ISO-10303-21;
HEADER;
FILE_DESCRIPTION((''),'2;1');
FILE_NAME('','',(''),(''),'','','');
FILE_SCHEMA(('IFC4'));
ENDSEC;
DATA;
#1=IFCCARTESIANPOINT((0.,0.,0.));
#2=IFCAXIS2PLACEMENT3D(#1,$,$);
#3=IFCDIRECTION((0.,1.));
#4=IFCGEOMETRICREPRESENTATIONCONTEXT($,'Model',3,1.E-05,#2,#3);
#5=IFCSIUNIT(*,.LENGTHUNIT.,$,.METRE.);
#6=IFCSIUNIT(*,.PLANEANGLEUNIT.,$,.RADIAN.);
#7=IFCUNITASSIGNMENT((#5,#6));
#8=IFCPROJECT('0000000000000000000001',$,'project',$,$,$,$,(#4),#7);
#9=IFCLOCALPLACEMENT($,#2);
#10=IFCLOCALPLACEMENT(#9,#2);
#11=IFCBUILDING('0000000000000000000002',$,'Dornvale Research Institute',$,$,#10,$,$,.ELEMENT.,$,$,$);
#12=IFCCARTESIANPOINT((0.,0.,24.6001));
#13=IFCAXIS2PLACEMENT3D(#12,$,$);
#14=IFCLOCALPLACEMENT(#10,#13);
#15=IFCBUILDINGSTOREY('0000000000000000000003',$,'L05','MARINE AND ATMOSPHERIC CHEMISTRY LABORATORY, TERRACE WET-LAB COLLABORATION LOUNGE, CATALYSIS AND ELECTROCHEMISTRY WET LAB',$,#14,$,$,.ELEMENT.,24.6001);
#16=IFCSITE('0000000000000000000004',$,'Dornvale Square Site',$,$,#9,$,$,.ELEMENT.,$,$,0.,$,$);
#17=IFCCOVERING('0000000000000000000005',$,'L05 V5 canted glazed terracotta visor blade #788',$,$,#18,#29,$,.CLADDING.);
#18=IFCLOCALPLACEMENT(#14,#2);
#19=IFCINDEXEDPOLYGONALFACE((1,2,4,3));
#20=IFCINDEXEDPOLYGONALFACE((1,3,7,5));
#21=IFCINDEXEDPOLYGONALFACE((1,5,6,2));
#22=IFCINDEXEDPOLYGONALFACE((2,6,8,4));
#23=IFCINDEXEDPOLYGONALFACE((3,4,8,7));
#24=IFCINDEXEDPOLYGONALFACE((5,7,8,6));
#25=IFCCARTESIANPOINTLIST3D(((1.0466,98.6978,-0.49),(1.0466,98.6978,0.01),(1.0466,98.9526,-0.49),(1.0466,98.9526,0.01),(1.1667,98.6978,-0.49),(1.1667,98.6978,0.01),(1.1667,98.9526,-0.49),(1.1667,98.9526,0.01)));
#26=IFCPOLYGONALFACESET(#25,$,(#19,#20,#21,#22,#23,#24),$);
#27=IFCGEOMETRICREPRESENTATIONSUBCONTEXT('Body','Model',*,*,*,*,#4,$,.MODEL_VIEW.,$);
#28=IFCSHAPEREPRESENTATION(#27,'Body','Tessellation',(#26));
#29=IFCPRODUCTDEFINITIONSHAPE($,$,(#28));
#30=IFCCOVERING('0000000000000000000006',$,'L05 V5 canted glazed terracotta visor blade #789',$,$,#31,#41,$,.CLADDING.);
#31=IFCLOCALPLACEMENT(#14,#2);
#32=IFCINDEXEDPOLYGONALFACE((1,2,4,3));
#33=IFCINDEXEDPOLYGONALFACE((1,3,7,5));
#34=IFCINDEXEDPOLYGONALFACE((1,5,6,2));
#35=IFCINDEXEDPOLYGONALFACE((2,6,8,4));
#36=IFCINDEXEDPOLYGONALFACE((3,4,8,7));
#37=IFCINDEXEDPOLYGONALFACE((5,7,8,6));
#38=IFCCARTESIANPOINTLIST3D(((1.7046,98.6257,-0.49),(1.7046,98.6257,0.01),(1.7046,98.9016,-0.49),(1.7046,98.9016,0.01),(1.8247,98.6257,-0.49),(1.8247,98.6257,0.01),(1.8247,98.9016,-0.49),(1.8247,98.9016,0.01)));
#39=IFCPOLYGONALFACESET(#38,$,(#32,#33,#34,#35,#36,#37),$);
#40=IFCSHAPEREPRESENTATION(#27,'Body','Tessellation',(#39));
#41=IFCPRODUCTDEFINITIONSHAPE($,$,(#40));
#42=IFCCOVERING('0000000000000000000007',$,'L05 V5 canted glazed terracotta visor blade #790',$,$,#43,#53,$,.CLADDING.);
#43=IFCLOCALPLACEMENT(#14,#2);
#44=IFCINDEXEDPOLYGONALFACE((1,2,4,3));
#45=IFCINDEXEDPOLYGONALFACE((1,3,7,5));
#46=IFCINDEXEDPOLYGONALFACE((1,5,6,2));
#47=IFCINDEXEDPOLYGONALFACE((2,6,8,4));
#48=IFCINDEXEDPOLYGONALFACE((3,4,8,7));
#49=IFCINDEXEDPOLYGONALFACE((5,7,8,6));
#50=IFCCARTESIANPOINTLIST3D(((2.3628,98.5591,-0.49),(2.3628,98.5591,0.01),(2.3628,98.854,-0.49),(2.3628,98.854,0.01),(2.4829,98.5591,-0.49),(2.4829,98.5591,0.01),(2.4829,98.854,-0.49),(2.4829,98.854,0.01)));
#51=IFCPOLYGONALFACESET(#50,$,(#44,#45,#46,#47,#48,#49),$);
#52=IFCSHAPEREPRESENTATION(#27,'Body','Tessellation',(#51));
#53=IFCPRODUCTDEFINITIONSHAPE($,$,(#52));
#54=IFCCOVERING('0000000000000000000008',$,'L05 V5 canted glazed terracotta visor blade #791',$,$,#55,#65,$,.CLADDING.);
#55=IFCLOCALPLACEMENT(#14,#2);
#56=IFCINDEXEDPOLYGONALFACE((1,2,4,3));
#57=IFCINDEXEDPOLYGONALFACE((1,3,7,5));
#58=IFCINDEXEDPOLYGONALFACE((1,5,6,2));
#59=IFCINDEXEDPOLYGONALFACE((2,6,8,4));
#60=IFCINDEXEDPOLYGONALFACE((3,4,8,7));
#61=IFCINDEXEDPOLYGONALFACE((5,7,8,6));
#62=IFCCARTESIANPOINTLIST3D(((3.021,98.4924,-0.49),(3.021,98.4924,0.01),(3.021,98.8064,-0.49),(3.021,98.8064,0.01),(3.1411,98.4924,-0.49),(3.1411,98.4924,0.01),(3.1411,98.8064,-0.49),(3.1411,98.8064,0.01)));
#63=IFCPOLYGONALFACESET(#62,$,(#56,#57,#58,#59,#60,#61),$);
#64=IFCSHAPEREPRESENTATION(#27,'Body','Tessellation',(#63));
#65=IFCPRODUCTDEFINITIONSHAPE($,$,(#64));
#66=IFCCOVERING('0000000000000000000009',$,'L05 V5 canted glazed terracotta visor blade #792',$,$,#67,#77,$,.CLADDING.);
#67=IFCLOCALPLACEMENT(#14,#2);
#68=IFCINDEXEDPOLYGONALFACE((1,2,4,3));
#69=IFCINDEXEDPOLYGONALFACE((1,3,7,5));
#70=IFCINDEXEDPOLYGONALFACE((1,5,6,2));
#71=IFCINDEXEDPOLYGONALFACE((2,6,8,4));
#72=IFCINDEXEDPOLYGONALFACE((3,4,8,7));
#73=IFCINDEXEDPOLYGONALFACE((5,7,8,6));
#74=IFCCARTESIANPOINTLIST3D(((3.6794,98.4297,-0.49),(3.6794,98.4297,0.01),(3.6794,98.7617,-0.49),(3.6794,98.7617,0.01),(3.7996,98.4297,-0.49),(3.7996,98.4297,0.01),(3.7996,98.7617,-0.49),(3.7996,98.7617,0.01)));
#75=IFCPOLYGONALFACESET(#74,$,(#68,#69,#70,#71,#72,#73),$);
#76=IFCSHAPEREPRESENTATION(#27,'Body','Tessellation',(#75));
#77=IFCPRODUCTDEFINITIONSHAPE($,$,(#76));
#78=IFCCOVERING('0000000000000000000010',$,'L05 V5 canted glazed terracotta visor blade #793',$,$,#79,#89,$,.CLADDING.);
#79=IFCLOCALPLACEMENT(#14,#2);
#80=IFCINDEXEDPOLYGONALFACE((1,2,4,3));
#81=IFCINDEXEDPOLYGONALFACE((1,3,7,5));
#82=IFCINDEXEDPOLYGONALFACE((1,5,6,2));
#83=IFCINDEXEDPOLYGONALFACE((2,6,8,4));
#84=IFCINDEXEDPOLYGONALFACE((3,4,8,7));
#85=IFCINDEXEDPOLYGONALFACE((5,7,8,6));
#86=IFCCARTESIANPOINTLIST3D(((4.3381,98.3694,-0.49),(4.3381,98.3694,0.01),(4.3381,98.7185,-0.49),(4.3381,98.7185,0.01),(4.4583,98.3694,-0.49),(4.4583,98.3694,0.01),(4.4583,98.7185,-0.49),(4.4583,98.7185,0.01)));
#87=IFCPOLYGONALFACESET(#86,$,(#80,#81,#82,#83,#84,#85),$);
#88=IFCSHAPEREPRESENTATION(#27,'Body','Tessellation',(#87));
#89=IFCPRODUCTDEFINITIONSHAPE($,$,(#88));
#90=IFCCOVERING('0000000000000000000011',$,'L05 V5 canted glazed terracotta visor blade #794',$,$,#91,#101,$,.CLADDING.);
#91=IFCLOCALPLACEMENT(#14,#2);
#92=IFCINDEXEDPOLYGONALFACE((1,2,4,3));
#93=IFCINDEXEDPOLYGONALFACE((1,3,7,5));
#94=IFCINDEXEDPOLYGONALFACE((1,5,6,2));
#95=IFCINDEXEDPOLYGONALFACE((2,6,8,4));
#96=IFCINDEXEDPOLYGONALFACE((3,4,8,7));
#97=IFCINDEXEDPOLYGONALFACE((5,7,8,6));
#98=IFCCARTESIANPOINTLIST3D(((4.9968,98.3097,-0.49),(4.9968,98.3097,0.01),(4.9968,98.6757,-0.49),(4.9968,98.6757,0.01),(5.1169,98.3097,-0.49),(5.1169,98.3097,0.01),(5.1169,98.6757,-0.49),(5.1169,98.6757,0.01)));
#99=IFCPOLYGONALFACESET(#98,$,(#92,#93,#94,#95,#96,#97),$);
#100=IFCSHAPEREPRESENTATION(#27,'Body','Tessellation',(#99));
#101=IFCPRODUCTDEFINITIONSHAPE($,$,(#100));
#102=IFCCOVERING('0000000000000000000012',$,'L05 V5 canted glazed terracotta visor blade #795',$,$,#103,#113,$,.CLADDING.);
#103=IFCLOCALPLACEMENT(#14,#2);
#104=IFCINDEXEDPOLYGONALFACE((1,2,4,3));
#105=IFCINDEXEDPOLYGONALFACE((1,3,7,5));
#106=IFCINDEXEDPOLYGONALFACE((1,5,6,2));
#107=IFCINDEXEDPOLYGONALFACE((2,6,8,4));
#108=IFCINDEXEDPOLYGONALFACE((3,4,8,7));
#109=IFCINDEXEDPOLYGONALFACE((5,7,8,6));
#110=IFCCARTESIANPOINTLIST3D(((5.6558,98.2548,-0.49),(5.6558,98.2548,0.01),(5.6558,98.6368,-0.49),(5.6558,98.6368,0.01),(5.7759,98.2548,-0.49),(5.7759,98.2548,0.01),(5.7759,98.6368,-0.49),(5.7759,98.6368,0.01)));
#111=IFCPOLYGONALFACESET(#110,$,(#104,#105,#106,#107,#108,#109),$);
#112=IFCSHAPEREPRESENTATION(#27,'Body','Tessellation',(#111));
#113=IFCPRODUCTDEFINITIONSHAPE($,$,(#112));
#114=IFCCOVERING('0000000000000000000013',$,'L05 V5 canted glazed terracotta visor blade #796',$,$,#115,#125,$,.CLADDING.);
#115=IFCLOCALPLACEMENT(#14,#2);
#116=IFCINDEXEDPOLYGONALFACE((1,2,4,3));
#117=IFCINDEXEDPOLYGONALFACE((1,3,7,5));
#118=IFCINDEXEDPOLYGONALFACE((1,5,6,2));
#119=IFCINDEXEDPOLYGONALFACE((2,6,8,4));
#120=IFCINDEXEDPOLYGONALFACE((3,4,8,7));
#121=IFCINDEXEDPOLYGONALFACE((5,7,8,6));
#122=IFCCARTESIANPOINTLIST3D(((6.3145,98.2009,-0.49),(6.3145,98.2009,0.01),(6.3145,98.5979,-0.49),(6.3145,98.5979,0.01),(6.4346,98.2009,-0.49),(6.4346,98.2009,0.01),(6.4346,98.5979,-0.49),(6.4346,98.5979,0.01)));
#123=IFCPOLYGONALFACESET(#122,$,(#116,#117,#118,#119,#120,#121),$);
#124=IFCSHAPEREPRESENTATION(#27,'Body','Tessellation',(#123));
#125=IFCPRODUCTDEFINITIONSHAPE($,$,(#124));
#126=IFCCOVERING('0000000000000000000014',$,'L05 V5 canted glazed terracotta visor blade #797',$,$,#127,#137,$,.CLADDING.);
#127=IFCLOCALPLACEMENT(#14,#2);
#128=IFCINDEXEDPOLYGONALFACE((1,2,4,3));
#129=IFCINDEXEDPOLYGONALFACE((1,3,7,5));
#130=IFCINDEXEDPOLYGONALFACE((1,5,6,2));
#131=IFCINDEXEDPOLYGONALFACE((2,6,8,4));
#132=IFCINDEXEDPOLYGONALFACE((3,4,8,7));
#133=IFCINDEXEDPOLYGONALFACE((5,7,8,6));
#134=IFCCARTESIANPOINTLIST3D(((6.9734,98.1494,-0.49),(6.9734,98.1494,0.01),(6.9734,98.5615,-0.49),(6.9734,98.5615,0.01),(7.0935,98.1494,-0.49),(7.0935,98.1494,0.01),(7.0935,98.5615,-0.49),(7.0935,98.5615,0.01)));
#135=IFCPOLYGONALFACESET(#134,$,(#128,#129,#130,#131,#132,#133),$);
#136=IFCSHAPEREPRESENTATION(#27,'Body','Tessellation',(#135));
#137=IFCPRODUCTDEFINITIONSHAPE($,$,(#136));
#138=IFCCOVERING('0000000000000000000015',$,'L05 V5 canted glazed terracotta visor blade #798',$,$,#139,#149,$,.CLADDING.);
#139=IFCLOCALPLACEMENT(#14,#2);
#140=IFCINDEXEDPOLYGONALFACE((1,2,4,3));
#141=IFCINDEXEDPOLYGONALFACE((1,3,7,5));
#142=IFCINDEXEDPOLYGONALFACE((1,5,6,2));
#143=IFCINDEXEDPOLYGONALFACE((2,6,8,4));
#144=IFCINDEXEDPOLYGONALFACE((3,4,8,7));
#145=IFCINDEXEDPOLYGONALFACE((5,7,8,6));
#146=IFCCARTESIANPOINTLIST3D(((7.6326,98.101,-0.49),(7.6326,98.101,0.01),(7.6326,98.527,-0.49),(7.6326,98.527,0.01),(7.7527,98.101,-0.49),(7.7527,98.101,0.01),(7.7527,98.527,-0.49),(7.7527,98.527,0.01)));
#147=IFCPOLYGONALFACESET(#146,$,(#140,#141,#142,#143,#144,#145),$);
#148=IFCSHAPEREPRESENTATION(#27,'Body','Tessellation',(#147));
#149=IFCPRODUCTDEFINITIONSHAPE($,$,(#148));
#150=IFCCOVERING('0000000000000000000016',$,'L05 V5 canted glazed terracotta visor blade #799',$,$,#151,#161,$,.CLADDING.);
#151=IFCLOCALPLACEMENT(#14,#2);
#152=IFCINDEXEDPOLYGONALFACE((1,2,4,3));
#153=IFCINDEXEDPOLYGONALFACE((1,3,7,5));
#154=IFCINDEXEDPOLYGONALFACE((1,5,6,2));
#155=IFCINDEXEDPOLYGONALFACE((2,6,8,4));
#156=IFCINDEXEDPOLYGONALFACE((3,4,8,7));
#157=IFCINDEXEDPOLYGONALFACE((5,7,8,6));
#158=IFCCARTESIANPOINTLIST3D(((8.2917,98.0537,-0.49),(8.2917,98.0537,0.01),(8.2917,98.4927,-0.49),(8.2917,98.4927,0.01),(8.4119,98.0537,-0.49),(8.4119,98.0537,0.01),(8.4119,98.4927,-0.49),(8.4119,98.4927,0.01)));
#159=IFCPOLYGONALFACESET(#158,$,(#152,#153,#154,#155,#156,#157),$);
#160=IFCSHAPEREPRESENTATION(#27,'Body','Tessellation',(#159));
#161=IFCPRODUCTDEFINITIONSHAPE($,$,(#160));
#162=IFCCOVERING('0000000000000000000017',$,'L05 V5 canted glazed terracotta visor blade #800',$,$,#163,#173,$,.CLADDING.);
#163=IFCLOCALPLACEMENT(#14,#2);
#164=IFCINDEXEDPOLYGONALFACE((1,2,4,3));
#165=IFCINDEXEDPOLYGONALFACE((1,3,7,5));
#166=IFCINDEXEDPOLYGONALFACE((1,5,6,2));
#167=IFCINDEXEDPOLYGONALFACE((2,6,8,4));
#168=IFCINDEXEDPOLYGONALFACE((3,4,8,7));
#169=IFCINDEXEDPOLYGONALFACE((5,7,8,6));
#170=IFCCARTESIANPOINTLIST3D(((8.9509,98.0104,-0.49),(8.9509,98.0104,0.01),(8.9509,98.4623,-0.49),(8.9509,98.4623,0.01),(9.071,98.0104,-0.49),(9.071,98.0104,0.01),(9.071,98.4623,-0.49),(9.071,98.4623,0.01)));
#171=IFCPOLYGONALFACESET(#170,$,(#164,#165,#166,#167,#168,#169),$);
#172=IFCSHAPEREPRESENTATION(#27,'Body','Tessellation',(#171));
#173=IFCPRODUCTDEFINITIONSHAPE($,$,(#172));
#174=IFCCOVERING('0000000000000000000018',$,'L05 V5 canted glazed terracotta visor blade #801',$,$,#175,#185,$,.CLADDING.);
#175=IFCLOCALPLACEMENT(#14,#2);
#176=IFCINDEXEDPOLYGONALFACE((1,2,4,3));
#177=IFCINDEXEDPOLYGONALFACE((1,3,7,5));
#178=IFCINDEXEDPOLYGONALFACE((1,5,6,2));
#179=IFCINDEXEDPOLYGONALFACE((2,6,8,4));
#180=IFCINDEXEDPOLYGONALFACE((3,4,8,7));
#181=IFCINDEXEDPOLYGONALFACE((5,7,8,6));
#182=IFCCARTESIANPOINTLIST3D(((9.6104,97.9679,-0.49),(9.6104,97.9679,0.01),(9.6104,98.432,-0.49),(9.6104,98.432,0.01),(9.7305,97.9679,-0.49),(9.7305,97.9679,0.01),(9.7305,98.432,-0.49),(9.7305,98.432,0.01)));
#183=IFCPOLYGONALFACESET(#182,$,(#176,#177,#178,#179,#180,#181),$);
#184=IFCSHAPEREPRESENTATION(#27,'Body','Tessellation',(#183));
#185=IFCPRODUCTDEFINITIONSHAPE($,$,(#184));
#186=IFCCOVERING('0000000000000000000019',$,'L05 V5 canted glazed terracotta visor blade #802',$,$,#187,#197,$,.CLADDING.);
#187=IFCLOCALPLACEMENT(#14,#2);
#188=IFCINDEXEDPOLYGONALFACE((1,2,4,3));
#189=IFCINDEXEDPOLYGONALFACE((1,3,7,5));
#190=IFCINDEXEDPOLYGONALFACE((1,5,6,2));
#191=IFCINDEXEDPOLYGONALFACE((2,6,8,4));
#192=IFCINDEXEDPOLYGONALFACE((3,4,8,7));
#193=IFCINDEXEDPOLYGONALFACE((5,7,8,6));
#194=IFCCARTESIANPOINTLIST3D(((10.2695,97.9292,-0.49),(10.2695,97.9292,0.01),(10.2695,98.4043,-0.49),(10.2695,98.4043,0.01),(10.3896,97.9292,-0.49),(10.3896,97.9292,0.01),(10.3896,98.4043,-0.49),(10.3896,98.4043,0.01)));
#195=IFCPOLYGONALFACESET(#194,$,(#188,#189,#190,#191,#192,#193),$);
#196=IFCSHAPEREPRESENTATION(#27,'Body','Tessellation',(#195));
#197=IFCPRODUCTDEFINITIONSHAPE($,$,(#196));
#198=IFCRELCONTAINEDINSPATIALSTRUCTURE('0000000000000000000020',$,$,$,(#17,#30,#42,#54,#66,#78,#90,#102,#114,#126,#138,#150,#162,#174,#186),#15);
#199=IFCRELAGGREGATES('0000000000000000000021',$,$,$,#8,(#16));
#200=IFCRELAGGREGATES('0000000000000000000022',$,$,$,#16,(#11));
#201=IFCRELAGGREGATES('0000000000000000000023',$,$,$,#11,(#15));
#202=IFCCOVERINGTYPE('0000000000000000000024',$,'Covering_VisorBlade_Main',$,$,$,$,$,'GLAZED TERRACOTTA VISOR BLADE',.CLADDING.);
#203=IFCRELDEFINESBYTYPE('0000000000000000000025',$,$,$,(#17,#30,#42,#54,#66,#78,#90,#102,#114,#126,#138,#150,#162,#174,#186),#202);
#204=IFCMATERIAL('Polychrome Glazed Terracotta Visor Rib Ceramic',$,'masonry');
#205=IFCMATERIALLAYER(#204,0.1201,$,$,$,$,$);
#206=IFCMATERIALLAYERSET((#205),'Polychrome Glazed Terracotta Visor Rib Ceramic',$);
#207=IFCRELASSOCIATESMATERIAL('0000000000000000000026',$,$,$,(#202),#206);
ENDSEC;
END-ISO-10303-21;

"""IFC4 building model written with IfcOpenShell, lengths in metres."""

from ifc_helpers import new_model, si_unit, direction, frame, origin, origin_2d, place, context, subcontext, project, spatial, rectangle, extrude, material, layer, layer_set, type_object, element, save


model = new_model("IFC4")

# Units and contexts
model_context = context("Model", 3, precision=1e-05, world=origin(), true_north=direction((0.0, 1.0)))
body_context = subcontext(model_context, "Body", "Model", "MODEL_VIEW")
ifc_project = project(units=[si_unit("LENGTHUNIT", "METRE"), si_unit("PLANEANGLEUNIT", "RADIAN")], contexts=[model_context])

# Site, building, storey
site_placement = place(None, origin())
site = spatial("IfcSite", under=ifc_project, at=site_placement, Name="Dornvale Square Site", CompositionType="ELEMENT", RefElevation=0.0)
building_placement = place(site_placement, origin())
building = spatial("IfcBuilding", under=site, at=building_placement, Name="Dornvale Research Institute", CompositionType="ELEMENT")
storey_placement = place(building_placement, frame((0.0, 0.0, 24.6001)))
storey = spatial("IfcBuildingStorey", under=building, at=storey_placement, Name="L05", Description="MARINE AND ATMOSPHERIC CHEMISTRY LABORATORY, TERRACE WET-LAB COLLABORATION LOUNGE, CATALYSIS AND ELECTROCHEMISTRY WET LAB", CompositionType="ELEMENT", Elevation=24.6001)

# Coverings
ifc_material = material(Name="Polychrome Glazed Terracotta Visor Rib Ceramic", Category="masonry")
ifc_layer = layer(ifc_material, 0.1201)
ifc_layer_set = layer_set([ifc_layer], Name="Polychrome Glazed Terracotta Visor Rib Ceramic")
covering_type = type_object("IfcCoveringType", Name="Covering_VisorBlade_Main", ElementType="GLAZED TERRACOTTA VISOR BLADE", PredefinedType="CLADDING", material=ifc_layer_set)
covering_1_placement = place(storey_placement, frame((1.1067, 98.8252, -0.49), z_axis=(0.0, 0.0, 1.0), x_axis=(0.0, 1.0, 0.0)))
element("IfcCovering", 1, at=covering_1_placement, inside=storey, type_object=covering_type, Name="L05 V5 canted glazed terracotta visor blade #788", PredefinedType="CLADDING", context=body_context, shape_type="SweptSolid", body=[
    extrude(rectangle(XDim=0.2549, YDim=0.1201, at=origin_2d()), origin(), (0.0, 0.0, 1.0), 0.5),
])
covering_2_placement = place(storey_placement, frame((1.7646, 98.7637, -0.49), z_axis=(0.0, 0.0, 1.0), x_axis=(0.0, 1.0, 0.0)))
element("IfcCovering", 2, at=covering_2_placement, inside=storey, type_object=covering_type, Name="L05 V5 canted glazed terracotta visor blade #789", PredefinedType="CLADDING", context=body_context, shape_type="SweptSolid", body=[
    extrude(rectangle(XDim=0.2759, YDim=0.1201, at=origin_2d()), origin(), (0.0, 0.0, 1.0), 0.5),
])
covering_3_placement = place(storey_placement, frame((2.4229, 98.7065, -0.49), z_axis=(0.0, 0.0, 1.0), x_axis=(0.0, 1.0, 0.0)))
element("IfcCovering", 3, at=covering_3_placement, inside=storey, type_object=covering_type, Name="L05 V5 canted glazed terracotta visor blade #790", PredefinedType="CLADDING", context=body_context, shape_type="SweptSolid", body=[
    extrude(rectangle(XDim=0.2949, YDim=0.1201, at=origin_2d()), origin(), (0.0, 0.0, 1.0), 0.5),
])
covering_4_placement = place(storey_placement, frame((3.0811, 98.6494, -0.49), z_axis=(0.0, 0.0, 1.0), x_axis=(0.0, 1.0, 0.0)))
element("IfcCovering", 4, at=covering_4_placement, inside=storey, type_object=covering_type, Name="L05 V5 canted glazed terracotta visor blade #791", PredefinedType="CLADDING", context=body_context, shape_type="SweptSolid", body=[
    extrude(rectangle(XDim=0.314, YDim=0.1201, at=origin_2d()), origin(), (0.0, 0.0, 1.0), 0.5),
])
covering_5_placement = place(storey_placement, frame((3.7395, 98.5957, -0.49), z_axis=(0.0, 0.0, 1.0), x_axis=(0.0, 1.0, 0.0)))
element("IfcCovering", 5, at=covering_5_placement, inside=storey, type_object=covering_type, Name="L05 V5 canted glazed terracotta visor blade #792", PredefinedType="CLADDING", context=body_context, shape_type="SweptSolid", body=[
    extrude(rectangle(XDim=0.332, YDim=0.1201, at=origin_2d()), origin(), (0.0, 0.0, 1.0), 0.5),
])
covering_6_placement = place(storey_placement, frame((4.3982, 98.5439, -0.49), z_axis=(0.0, 0.0, 1.0), x_axis=(0.0, 1.0, 0.0)))
element("IfcCovering", 6, at=covering_6_placement, inside=storey, type_object=covering_type, Name="L05 V5 canted glazed terracotta visor blade #793", PredefinedType="CLADDING", context=body_context, shape_type="SweptSolid", body=[
    extrude(rectangle(XDim=0.3491, YDim=0.1201, at=origin_2d()), origin(), (0.0, 0.0, 1.0), 0.5),
])
covering_7_placement = place(storey_placement, frame((5.0569, 98.4927, -0.49), z_axis=(0.0, 0.0, 1.0), x_axis=(0.0, 1.0, 0.0)))
element("IfcCovering", 7, at=covering_7_placement, inside=storey, type_object=covering_type, Name="L05 V5 canted glazed terracotta visor blade #794", PredefinedType="CLADDING", context=body_context, shape_type="SweptSolid", body=[
    extrude(rectangle(XDim=0.366, YDim=0.1201, at=origin_2d()), origin(), (0.0, 0.0, 1.0), 0.5),
])
covering_8_placement = place(storey_placement, frame((5.7158, 98.4458, -0.49), z_axis=(0.0, 0.0, 1.0), x_axis=(0.0, 1.0, 0.0)))
element("IfcCovering", 8, at=covering_8_placement, inside=storey, type_object=covering_type, Name="L05 V5 canted glazed terracotta visor blade #795", PredefinedType="CLADDING", context=body_context, shape_type="SweptSolid", body=[
    extrude(rectangle(XDim=0.3821, YDim=0.1201, at=origin_2d()), origin(), (0.0, 0.0, 1.0), 0.5),
])
covering_9_placement = place(storey_placement, frame((6.3745, 98.3994, -0.49), z_axis=(0.0, 0.0, 1.0), x_axis=(0.0, 1.0, 0.0)))
element("IfcCovering", 9, at=covering_9_placement, inside=storey, type_object=covering_type, Name="L05 V5 canted glazed terracotta visor blade #796", PredefinedType="CLADDING", context=body_context, shape_type="SweptSolid", body=[
    extrude(rectangle(XDim=0.397, YDim=0.1201, at=origin_2d()), origin(), (0.0, 0.0, 1.0), 0.5),
])
covering_10_placement = place(storey_placement, frame((7.0334, 98.3555, -0.49), z_axis=(0.0, 0.0, 1.0), x_axis=(0.0, 1.0, 0.0)))
element("IfcCovering", 10, at=covering_10_placement, inside=storey, type_object=covering_type, Name="L05 V5 canted glazed terracotta visor blade #797", PredefinedType="CLADDING", context=body_context, shape_type="SweptSolid", body=[
    extrude(rectangle(XDim=0.4121, YDim=0.1201, at=origin_2d()), origin(), (0.0, 0.0, 1.0), 0.5),
])
covering_11_placement = place(storey_placement, frame((7.6926, 98.314, -0.49), z_axis=(0.0, 0.0, 1.0), x_axis=(0.0, 1.0, 0.0)))
element("IfcCovering", 11, at=covering_11_placement, inside=storey, type_object=covering_type, Name="L05 V5 canted glazed terracotta visor blade #798", PredefinedType="CLADDING", context=body_context, shape_type="SweptSolid", body=[
    extrude(rectangle(XDim=0.426, YDim=0.1201, at=origin_2d()), origin(), (0.0, 0.0, 1.0), 0.5),
])
covering_12_placement = place(storey_placement, frame((8.3518, 98.2732, -0.49), z_axis=(0.0, 0.0, 1.0), x_axis=(0.0, 1.0, 0.0)))
element("IfcCovering", 12, at=covering_12_placement, inside=storey, type_object=covering_type, Name="L05 V5 canted glazed terracotta visor blade #799", PredefinedType="CLADDING", context=body_context, shape_type="SweptSolid", body=[
    extrude(rectangle(XDim=0.439, YDim=0.1201, at=origin_2d()), origin(), (0.0, 0.0, 1.0), 0.5),
])
covering_13_placement = place(storey_placement, frame((9.011, 98.2363, -0.49), z_axis=(0.0, 0.0, 1.0), x_axis=(0.0, 1.0, 0.0)))
element("IfcCovering", 13, at=covering_13_placement, inside=storey, type_object=covering_type, Name="L05 V5 canted glazed terracotta visor blade #800", PredefinedType="CLADDING", context=body_context, shape_type="SweptSolid", body=[
    extrude(rectangle(XDim=0.4519, YDim=0.1201, at=origin_2d()), origin(), (0.0, 0.0, 1.0), 0.5),
])
covering_14_placement = place(storey_placement, frame((9.6704, 98.2, -0.49), z_axis=(0.0, 0.0, 1.0), x_axis=(0.0, 1.0, 0.0)))
element("IfcCovering", 14, at=covering_14_placement, inside=storey, type_object=covering_type, Name="L05 V5 canted glazed terracotta visor blade #801", PredefinedType="CLADDING", context=body_context, shape_type="SweptSolid", body=[
    extrude(rectangle(XDim=0.4641, YDim=0.1201, at=origin_2d()), origin(), (0.0, 0.0, 1.0), 0.5),
])
covering_15_placement = place(storey_placement, frame((10.3296, 98.1667, -0.49), z_axis=(0.0, 0.0, 1.0), x_axis=(0.0, 1.0, 0.0)))
element("IfcCovering", 15, at=covering_15_placement, inside=storey, type_object=covering_type, Name="L05 V5 canted glazed terracotta visor blade #802", PredefinedType="CLADDING", context=body_context, shape_type="SweptSolid", body=[
    extrude(rectangle(XDim=0.4751, YDim=0.1201, at=origin_2d()), origin(), (0.0, 0.0, 1.0), 0.5),
])

save(model, "model.ifc")
